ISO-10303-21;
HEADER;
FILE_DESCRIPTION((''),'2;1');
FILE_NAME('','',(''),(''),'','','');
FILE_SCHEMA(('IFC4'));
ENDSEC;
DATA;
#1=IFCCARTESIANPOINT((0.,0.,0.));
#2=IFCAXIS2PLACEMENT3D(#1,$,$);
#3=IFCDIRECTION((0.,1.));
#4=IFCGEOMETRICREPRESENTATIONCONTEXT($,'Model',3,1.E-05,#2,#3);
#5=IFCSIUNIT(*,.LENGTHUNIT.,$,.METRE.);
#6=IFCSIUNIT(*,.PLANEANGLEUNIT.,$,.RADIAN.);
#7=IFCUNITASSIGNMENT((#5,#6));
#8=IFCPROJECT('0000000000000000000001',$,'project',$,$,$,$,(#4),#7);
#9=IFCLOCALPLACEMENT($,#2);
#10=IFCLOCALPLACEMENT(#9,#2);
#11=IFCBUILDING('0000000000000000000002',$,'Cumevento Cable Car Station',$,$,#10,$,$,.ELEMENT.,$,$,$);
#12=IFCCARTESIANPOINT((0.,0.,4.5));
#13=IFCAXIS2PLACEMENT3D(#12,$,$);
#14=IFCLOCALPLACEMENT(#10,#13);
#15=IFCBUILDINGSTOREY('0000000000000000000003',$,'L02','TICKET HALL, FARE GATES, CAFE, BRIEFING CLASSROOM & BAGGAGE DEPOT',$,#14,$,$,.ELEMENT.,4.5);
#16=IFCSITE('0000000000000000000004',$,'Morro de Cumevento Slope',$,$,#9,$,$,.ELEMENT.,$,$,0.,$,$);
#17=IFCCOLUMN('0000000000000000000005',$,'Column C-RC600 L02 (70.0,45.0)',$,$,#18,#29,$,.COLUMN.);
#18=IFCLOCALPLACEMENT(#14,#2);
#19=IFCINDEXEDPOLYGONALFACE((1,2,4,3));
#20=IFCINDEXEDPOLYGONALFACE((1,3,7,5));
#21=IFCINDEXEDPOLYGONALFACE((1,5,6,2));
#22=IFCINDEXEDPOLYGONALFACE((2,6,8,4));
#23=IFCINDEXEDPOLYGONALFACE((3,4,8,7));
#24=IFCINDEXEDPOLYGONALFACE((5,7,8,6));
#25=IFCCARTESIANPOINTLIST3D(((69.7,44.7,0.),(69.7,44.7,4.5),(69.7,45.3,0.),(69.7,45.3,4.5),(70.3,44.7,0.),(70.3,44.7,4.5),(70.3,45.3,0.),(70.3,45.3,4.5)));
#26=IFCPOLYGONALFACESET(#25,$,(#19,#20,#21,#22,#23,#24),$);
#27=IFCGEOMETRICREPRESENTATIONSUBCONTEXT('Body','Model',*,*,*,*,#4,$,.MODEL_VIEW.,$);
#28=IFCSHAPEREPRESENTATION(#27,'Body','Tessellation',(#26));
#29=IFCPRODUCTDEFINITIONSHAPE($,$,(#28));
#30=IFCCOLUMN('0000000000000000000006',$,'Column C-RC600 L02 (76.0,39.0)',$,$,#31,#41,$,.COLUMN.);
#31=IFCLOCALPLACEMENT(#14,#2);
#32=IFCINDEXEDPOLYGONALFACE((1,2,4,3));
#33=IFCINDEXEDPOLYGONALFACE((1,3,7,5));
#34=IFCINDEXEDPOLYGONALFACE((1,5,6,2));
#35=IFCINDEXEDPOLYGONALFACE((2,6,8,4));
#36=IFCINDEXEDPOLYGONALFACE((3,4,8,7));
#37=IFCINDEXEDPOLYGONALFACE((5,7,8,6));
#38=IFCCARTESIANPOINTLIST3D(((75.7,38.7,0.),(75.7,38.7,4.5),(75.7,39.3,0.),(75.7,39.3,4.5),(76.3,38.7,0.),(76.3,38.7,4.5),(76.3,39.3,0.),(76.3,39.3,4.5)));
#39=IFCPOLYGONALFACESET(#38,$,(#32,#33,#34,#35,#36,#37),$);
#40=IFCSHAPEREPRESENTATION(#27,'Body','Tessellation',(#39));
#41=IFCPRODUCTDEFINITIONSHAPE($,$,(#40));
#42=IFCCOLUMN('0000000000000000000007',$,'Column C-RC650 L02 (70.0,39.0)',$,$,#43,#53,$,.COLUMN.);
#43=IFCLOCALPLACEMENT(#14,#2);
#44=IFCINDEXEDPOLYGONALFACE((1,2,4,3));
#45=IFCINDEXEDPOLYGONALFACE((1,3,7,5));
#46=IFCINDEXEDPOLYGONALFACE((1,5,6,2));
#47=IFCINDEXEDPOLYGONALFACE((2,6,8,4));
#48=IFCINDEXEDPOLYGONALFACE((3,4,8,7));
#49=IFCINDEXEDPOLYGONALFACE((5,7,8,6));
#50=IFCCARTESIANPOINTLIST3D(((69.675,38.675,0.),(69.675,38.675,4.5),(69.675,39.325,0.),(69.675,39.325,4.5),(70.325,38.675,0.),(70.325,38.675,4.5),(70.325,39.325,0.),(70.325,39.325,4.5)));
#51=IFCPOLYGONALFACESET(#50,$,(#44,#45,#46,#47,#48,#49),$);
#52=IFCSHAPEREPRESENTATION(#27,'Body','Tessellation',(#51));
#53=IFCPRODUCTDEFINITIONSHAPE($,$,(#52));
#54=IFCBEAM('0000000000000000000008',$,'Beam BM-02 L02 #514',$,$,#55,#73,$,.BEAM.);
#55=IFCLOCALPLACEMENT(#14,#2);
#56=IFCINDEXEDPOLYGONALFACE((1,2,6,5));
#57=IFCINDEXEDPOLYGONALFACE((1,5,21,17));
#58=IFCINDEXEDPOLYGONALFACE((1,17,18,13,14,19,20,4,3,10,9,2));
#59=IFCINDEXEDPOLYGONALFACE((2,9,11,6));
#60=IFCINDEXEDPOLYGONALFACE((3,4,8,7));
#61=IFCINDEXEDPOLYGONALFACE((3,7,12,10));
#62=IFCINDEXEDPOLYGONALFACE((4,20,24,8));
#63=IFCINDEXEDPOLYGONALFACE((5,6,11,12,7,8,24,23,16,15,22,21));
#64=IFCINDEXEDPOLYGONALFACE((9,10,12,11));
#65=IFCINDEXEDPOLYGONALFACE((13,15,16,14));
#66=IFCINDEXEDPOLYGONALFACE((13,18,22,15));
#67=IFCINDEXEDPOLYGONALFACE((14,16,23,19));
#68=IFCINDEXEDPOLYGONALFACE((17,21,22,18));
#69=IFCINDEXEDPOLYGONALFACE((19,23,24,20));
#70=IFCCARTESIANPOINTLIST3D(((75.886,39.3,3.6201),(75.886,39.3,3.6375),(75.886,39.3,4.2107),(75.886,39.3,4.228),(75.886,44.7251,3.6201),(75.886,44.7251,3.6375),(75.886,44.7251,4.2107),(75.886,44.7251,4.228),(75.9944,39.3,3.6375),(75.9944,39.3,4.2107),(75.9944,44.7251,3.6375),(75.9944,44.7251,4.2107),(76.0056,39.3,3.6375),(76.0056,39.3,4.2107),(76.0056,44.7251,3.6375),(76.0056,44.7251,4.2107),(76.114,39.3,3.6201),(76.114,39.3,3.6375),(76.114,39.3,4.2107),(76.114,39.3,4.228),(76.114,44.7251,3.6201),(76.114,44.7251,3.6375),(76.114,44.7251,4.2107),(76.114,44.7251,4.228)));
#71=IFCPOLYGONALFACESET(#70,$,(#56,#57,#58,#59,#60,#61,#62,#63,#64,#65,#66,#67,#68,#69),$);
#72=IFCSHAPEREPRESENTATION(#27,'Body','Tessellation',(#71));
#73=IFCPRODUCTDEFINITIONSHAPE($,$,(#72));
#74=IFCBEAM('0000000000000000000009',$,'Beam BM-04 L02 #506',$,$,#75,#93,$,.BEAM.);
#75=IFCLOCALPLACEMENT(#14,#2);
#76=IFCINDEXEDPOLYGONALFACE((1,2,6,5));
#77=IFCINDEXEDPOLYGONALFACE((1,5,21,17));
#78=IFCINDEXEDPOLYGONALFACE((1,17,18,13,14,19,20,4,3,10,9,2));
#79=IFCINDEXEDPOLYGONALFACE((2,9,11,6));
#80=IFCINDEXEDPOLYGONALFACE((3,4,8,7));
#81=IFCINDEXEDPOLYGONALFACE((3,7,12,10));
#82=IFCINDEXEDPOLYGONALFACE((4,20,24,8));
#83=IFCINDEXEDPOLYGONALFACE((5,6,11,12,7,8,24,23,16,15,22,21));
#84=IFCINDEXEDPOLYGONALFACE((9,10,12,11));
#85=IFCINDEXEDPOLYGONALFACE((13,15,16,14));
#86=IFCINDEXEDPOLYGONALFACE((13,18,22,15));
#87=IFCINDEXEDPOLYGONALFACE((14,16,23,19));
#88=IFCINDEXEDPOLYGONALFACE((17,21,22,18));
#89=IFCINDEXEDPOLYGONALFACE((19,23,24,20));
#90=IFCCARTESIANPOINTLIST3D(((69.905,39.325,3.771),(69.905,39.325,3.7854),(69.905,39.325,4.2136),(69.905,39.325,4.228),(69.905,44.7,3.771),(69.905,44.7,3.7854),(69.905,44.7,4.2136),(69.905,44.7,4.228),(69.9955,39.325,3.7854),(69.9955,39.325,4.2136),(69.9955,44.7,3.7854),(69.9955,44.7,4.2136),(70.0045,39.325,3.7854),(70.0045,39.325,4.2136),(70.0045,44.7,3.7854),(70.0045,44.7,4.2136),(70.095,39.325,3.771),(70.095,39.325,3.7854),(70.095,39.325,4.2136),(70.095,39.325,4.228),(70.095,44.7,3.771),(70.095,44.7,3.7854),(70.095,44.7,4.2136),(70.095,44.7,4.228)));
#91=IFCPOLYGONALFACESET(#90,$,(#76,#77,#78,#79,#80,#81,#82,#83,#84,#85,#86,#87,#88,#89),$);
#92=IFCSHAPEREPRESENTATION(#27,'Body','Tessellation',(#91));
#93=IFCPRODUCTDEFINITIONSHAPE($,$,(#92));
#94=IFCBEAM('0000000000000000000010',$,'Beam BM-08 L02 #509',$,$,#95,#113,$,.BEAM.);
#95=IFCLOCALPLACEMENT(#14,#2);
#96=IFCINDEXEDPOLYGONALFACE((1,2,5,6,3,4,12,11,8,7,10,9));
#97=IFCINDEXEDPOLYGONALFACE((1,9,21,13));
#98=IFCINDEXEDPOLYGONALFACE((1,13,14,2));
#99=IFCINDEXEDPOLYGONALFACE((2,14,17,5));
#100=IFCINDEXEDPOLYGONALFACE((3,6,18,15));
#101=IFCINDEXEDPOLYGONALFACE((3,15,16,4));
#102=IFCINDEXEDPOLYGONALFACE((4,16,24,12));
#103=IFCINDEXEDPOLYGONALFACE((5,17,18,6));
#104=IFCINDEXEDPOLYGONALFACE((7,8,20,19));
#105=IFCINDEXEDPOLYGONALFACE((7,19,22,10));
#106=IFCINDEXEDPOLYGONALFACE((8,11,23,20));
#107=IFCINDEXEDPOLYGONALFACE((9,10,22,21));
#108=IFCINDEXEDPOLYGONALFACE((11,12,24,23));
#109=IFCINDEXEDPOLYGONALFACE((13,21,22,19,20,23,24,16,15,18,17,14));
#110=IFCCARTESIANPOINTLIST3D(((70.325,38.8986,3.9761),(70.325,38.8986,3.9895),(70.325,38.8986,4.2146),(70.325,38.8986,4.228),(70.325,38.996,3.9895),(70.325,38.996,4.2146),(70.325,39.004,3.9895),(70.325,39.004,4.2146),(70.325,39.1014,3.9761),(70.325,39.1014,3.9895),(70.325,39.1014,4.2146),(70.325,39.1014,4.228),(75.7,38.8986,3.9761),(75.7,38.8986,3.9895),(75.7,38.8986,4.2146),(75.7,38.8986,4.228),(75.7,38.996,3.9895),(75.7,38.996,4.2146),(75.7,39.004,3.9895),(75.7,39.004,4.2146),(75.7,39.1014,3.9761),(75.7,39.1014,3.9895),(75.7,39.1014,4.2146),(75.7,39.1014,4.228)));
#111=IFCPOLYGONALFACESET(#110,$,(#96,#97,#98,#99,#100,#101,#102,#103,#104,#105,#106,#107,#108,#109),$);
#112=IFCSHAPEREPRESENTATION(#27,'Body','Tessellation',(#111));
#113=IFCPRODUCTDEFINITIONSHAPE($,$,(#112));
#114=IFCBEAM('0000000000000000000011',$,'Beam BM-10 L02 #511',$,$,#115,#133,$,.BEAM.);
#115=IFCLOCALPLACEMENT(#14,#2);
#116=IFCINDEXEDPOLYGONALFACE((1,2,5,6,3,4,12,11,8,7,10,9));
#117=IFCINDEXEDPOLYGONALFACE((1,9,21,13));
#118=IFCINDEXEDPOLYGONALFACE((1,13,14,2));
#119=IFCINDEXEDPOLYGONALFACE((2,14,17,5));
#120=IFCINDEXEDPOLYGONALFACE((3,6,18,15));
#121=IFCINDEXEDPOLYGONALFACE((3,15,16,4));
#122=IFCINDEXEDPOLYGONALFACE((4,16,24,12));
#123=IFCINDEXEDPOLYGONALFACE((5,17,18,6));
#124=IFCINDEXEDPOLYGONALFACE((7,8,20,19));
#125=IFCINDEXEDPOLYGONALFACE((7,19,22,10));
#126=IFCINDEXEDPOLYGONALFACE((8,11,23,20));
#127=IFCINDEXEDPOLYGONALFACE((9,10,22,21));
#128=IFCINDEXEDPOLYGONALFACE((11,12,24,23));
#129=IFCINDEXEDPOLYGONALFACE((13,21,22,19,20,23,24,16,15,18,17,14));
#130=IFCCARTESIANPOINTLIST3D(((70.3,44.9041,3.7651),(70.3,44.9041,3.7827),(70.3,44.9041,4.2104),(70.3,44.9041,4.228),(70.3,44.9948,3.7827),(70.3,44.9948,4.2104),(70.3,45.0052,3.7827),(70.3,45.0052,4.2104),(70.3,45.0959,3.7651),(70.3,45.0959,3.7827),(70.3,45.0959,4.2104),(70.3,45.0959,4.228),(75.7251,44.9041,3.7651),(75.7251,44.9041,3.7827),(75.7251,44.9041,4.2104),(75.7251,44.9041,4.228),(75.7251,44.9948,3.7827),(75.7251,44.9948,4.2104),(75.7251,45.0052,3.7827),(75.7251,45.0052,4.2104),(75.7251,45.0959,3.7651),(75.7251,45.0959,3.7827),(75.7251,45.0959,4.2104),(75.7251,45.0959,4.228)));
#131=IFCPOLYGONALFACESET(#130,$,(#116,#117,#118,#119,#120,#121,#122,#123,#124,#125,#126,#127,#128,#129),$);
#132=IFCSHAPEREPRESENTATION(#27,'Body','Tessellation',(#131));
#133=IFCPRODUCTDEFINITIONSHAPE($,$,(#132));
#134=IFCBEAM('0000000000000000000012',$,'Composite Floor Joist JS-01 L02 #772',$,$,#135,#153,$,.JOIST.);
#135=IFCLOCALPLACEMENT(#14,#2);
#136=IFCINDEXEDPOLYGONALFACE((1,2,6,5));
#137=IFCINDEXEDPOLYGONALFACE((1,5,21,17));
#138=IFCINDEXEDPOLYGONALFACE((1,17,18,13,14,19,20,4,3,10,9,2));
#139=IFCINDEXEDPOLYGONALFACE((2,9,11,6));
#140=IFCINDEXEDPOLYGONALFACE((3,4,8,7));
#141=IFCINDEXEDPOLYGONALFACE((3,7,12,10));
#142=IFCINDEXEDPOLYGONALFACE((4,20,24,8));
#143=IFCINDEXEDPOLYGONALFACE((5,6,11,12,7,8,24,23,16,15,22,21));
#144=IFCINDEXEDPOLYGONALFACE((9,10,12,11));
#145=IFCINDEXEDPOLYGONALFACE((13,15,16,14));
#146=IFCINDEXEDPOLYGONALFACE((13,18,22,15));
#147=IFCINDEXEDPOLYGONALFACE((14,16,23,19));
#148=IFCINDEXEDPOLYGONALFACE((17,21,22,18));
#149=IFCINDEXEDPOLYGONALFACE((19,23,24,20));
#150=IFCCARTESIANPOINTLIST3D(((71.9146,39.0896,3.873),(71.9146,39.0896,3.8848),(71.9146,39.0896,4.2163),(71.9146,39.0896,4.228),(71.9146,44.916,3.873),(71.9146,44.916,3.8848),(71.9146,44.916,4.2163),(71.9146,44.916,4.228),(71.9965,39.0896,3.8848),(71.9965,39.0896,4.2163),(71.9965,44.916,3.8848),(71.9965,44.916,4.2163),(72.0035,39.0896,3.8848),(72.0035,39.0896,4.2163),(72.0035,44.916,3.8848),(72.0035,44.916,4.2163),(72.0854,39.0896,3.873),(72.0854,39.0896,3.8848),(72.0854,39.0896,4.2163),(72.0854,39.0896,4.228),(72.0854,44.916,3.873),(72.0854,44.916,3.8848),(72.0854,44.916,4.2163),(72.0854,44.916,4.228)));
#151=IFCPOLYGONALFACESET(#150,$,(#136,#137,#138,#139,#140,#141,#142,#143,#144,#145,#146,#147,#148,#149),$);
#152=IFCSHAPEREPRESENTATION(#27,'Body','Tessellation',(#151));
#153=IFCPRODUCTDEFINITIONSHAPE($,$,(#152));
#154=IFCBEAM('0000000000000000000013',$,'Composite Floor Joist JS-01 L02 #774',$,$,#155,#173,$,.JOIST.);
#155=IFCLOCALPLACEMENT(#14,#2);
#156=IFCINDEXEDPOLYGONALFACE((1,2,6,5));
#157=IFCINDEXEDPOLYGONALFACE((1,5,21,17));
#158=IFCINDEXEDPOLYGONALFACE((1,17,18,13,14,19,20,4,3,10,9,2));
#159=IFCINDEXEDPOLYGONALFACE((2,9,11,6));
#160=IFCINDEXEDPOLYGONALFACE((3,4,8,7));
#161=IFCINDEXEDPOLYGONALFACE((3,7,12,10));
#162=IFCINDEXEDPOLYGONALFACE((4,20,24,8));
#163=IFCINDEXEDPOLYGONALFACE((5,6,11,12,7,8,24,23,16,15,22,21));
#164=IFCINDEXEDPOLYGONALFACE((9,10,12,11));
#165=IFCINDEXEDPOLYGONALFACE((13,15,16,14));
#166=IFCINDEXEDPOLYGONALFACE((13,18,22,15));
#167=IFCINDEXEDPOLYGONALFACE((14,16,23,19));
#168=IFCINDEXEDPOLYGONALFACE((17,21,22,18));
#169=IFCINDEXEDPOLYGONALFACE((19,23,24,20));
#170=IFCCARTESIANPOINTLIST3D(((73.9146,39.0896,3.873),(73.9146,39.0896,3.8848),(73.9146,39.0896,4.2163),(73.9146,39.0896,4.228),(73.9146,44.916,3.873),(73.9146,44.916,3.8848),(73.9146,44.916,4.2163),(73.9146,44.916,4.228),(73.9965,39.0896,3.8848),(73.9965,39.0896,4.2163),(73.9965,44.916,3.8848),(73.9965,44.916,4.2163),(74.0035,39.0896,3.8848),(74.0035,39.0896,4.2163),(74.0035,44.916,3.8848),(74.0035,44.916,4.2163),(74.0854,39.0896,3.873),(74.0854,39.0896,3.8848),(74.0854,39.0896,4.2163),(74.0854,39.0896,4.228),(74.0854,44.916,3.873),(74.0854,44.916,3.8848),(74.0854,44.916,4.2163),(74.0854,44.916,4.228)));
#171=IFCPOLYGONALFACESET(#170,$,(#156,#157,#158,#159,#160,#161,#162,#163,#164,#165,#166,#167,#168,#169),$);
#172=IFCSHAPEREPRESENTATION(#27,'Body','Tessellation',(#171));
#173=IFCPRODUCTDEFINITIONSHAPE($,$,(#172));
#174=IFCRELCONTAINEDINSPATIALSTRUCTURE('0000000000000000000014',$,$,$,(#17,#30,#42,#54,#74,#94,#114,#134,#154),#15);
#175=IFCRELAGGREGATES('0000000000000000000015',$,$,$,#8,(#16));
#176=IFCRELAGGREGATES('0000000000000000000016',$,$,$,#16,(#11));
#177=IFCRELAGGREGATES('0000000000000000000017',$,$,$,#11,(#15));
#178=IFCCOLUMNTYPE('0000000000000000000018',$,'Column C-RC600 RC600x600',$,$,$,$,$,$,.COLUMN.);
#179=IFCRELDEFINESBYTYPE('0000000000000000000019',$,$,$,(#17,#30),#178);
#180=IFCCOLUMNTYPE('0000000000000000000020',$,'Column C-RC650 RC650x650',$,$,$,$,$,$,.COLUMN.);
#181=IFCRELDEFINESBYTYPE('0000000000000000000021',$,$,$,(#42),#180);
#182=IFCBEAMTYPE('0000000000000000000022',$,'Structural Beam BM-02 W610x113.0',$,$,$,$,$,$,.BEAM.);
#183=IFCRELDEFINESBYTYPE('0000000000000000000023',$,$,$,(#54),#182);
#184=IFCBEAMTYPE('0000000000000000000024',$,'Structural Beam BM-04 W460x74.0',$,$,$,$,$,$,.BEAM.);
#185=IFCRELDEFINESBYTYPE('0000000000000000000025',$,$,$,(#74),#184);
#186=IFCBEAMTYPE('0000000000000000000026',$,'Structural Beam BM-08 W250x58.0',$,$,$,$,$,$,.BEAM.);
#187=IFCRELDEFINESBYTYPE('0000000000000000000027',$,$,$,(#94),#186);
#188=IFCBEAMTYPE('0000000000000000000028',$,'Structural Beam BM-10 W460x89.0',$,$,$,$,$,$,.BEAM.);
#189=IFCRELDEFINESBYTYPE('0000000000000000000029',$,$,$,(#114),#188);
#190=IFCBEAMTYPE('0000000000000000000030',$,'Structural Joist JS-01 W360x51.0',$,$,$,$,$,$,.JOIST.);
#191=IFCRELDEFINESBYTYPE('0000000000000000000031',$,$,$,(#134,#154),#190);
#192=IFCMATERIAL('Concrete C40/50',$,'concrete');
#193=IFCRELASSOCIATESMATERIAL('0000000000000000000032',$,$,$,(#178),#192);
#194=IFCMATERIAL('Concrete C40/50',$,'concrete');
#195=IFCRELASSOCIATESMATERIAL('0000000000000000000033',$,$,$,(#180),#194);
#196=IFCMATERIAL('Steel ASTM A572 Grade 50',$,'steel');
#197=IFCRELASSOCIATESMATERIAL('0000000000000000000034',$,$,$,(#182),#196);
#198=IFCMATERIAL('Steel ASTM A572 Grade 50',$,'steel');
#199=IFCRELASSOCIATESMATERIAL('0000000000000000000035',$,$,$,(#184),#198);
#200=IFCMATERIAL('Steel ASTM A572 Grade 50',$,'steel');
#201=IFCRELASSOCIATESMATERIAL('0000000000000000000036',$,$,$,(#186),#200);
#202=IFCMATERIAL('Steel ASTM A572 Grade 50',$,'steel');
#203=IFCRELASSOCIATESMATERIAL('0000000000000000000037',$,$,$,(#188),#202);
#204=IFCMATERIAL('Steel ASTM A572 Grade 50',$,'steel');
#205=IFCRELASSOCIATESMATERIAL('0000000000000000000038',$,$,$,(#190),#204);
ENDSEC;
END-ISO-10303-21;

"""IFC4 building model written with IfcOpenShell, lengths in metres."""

from ifc_helpers import new_model, si_unit, direction, frame, origin, origin_2d, place, context, subcontext, project, spatial, rectangle, i_section, extrude, material, material_profile, profile_set, type_object, element, save


model = new_model("IFC4")

# Units and contexts
model_context = context("Model", 3, precision=1e-05, world=origin(), true_north=direction((0.0, 1.0)))
body_context = subcontext(model_context, "Body", "Model", "MODEL_VIEW")
ifc_project = project(units=[si_unit("LENGTHUNIT", "METRE"), si_unit("PLANEANGLEUNIT", "RADIAN")], contexts=[model_context])

# Site, building, storey
site_placement = place(None, origin())
site = spatial("IfcSite", under=ifc_project, at=site_placement, Name="Morro de Cumevento Slope", CompositionType="ELEMENT", RefElevation=0.0)
building_placement = place(site_placement, origin())
building = spatial("IfcBuilding", under=site, at=building_placement, Name="Cumevento Cable Car Station", CompositionType="ELEMENT")
storey_placement = place(building_placement, frame((0.0, 0.0, 4.5)))
storey = spatial("IfcBuildingStorey", under=building, at=storey_placement, Name="L02", Description="TICKET HALL, FARE GATES, CAFE, BRIEFING CLASSROOM & BAGGAGE DEPOT", CompositionType="ELEMENT", Elevation=4.5)

# Columns
ifc_material_1 = material(Name="Concrete C40/50", Category="concrete")
ifc_material_profile_1 = material_profile(ifc_material_1, rectangle(XDim=0.6001, YDim=0.6001, at=origin_2d()), Name="RC600x600")
ifc_profile_set_1 = profile_set([ifc_material_profile_1], Name="Concrete C40/50")
column_type_1 = type_object("IfcColumnType", Name="Column C-RC600 RC600x600", PredefinedType="COLUMN", material=ifc_profile_set_1)
for number, where, z_axis, x_axis, name in (
    (1, (70.0, 45.0, 0.0), (0.0, 0.0, 1.0), (1.0, 0.0, 0.0), "Column C-RC600 L02 (70.0,45.0)"),
    (2, (76.0, 39.0, 0.0), (0.0, 0.0, 1.0), (1.0, 0.0, 0.0), "Column C-RC600 L02 (76.0,39.0)"),
):
    element("IfcColumn", number, at=place(storey_placement, frame(where, z_axis=z_axis, x_axis=x_axis)), inside=storey, type_object=column_type_1, Name=name, PredefinedType="COLUMN", context=body_context, shape_type="SweptSolid", body=[
        extrude(rectangle(XDim=0.6001, YDim=0.6001, at=origin_2d()), origin(), (0.0, 0.0, 1.0), 4.5),
    ])
ifc_material_2 = material(Name="Concrete C40/50", Category="concrete")
ifc_material_profile_2 = material_profile(ifc_material_2, rectangle(XDim=0.6499, YDim=0.6499, at=origin_2d()), Name="RC650x650")
ifc_profile_set_2 = profile_set([ifc_material_profile_2], Name="Concrete C40/50")
column_type_2 = type_object("IfcColumnType", Name="Column C-RC650 RC650x650", PredefinedType="COLUMN", material=ifc_profile_set_2)
column_placement = place(storey_placement, frame((70.0, 39.0, 0.0), z_axis=(0.0, 0.0, 1.0), x_axis=(1.0, 0.0, 0.0)))
element("IfcColumn", 3, at=column_placement, inside=storey, type_object=column_type_2, Name="Column C-RC650 L02 (70.0,39.0)", PredefinedType="COLUMN", context=body_context, shape_type="SweptSolid", body=[
    extrude(rectangle(XDim=0.6499, YDim=0.6499, at=origin_2d()), origin(), (0.0, 0.0, 1.0), 4.5),
])

# Beams
ifc_material_3 = material(Name="Steel ASTM A572 Grade 50", Category="steel")
ifc_material_profile_3 = material_profile(ifc_material_3, i_section(OverallWidth=0.228, OverallDepth=0.6079, WebThickness=0.0112, FlangeThickness=0.0173, at=origin_2d()), Name="W610x113.0")
ifc_profile_set_3 = profile_set([ifc_material_profile_3], Name="Steel ASTM A572 Grade 50")
beam_type_1 = type_object("IfcBeamType", Name="Structural Beam BM-02 W610x113.0", PredefinedType="BEAM", material=ifc_profile_set_3)
beam_1_placement = place(storey_placement, frame((76.0, 39.3, 3.9241), z_axis=(0.0, 1.0, 0.0), x_axis=(-1.0, 0.0, 0.0)))
element("IfcBeam", 4, at=beam_1_placement, inside=storey, type_object=beam_type_1, Name="Beam BM-02 L02 #514", PredefinedType="BEAM", context=body_context, shape_type="SweptSolid", body=[
    extrude(i_section(OverallWidth=0.228, OverallDepth=0.6079, WebThickness=0.0112, FlangeThickness=0.0173, at=origin_2d()), origin(), (0.0, 0.0, 1.0), 5.425),
])
ifc_material_4 = material(Name="Steel ASTM A572 Grade 50", Category="steel")
ifc_material_profile_4 = material_profile(ifc_material_4, i_section(OverallWidth=0.1899, OverallDepth=0.457, WebThickness=0.009, FlangeThickness=0.0144, at=origin_2d()), Name="W460x74.0")
ifc_profile_set_4 = profile_set([ifc_material_profile_4], Name="Steel ASTM A572 Grade 50")
beam_type_2 = type_object("IfcBeamType", Name="Structural Beam BM-04 W460x74.0", PredefinedType="BEAM", material=ifc_profile_set_4)
beam_2_placement = place(storey_placement, frame((70.0, 39.325, 3.9995), z_axis=(0.0, 1.0, 0.0), x_axis=(-1.0, 0.0, 0.0)))
element("IfcBeam", 5, at=beam_2_placement, inside=storey, type_object=beam_type_2, Name="Beam BM-04 L02 #506", PredefinedType="BEAM", context=body_context, shape_type="SweptSolid", body=[
    extrude(i_section(OverallWidth=0.1899, OverallDepth=0.457, WebThickness=0.009, FlangeThickness=0.0144, at=origin_2d()), origin(), (0.0, 0.0, 1.0), 5.375),
])
ifc_material_5 = material(Name="Steel ASTM A572 Grade 50", Category="steel")
ifc_material_profile_5 = material_profile(ifc_material_5, i_section(OverallWidth=0.2029, OverallDepth=0.252, WebThickness=0.0081, FlangeThickness=0.0134, at=origin_2d()), Name="W250x58.0")
ifc_profile_set_5 = profile_set([ifc_material_profile_5], Name="Steel ASTM A572 Grade 50")
beam_type_3 = type_object("IfcBeamType", Name="Structural Beam BM-08 W250x58.0", PredefinedType="BEAM", material=ifc_profile_set_5)
beam_3_placement = place(storey_placement, frame((70.325, 39.0, 4.1021), z_axis=(1.0, 0.0, 0.0), x_axis=(0.0, 1.0, 0.0)))
element("IfcBeam", 6, at=beam_3_placement, inside=storey, type_object=beam_type_3, Name="Beam BM-08 L02 #509", PredefinedType="BEAM", context=body_context, shape_type="SweptSolid", body=[
    extrude(i_section(OverallWidth=0.2029, OverallDepth=0.252, WebThickness=0.0081, FlangeThickness=0.0134, at=origin_2d()), origin(), (0.0, 0.0, 1.0), 5.375),
])
ifc_material_6 = material(Name="Steel ASTM A572 Grade 50", Category="steel")
ifc_material_profile_6 = material_profile(ifc_material_6, i_section(OverallWidth=0.1919, OverallDepth=0.4629, WebThickness=0.0105, FlangeThickness=0.0176, at=origin_2d()), Name="W460x89.0")
ifc_profile_set_6 = profile_set([ifc_material_profile_6], Name="Steel ASTM A572 Grade 50")
beam_type_4 = type_object("IfcBeamType", Name="Structural Beam BM-10 W460x89.0", PredefinedType="BEAM", material=ifc_profile_set_6)
beam_4_placement = place(storey_placement, frame((70.3, 45.0, 3.9966), z_axis=(1.0, 0.0, 0.0), x_axis=(0.0, 1.0, 0.0)))
element("IfcBeam", 7, at=beam_4_placement, inside=storey, type_object=beam_type_4, Name="Beam BM-10 L02 #511", PredefinedType="BEAM", context=body_context, shape_type="SweptSolid", body=[
    extrude(i_section(OverallWidth=0.1919, OverallDepth=0.4629, WebThickness=0.0105, FlangeThickness=0.0176, at=origin_2d()), origin(), (0.0, 0.0, 1.0), 5.425),
])
ifc_material_7 = material(Name="Steel ASTM A572 Grade 50", Category="steel")
ifc_material_profile_7 = material_profile(ifc_material_7, i_section(OverallWidth=0.1709, OverallDepth=0.355, WebThickness=0.0071, FlangeThickness=0.0117, at=origin_2d()), Name="W360x51.0")
ifc_profile_set_7 = profile_set([ifc_material_profile_7], Name="Steel ASTM A572 Grade 50")
beam_type_5 = type_object("IfcBeamType", Name="Structural Joist JS-01 W360x51.0", PredefinedType="JOIST", material=ifc_profile_set_7)
for number, where, z_axis, x_axis, name in (
    (8, (72.0, 39.0896, 4.0505), (0.0, 1.0, 0.0), (-1.0, 0.0, 0.0), "Composite Floor Joist JS-01 L02 #772"),
    (9, (74.0, 39.0896, 4.0505), (0.0, 1.0, 0.0), (-1.0, 0.0, 0.0), "Composite Floor Joist JS-01 L02 #774"),
):
    element("IfcBeam", number, at=place(storey_placement, frame(where, z_axis=z_axis, x_axis=x_axis)), inside=storey, type_object=beam_type_5, Name=name, PredefinedType="JOIST", context=body_context, shape_type="SweptSolid", body=[
        extrude(i_section(OverallWidth=0.1709, OverallDepth=0.355, WebThickness=0.0071, FlangeThickness=0.0117, at=origin_2d()), origin(), (0.0, 0.0, 1.0), 5.8264),
    ])

save(model, "model.ifc")
